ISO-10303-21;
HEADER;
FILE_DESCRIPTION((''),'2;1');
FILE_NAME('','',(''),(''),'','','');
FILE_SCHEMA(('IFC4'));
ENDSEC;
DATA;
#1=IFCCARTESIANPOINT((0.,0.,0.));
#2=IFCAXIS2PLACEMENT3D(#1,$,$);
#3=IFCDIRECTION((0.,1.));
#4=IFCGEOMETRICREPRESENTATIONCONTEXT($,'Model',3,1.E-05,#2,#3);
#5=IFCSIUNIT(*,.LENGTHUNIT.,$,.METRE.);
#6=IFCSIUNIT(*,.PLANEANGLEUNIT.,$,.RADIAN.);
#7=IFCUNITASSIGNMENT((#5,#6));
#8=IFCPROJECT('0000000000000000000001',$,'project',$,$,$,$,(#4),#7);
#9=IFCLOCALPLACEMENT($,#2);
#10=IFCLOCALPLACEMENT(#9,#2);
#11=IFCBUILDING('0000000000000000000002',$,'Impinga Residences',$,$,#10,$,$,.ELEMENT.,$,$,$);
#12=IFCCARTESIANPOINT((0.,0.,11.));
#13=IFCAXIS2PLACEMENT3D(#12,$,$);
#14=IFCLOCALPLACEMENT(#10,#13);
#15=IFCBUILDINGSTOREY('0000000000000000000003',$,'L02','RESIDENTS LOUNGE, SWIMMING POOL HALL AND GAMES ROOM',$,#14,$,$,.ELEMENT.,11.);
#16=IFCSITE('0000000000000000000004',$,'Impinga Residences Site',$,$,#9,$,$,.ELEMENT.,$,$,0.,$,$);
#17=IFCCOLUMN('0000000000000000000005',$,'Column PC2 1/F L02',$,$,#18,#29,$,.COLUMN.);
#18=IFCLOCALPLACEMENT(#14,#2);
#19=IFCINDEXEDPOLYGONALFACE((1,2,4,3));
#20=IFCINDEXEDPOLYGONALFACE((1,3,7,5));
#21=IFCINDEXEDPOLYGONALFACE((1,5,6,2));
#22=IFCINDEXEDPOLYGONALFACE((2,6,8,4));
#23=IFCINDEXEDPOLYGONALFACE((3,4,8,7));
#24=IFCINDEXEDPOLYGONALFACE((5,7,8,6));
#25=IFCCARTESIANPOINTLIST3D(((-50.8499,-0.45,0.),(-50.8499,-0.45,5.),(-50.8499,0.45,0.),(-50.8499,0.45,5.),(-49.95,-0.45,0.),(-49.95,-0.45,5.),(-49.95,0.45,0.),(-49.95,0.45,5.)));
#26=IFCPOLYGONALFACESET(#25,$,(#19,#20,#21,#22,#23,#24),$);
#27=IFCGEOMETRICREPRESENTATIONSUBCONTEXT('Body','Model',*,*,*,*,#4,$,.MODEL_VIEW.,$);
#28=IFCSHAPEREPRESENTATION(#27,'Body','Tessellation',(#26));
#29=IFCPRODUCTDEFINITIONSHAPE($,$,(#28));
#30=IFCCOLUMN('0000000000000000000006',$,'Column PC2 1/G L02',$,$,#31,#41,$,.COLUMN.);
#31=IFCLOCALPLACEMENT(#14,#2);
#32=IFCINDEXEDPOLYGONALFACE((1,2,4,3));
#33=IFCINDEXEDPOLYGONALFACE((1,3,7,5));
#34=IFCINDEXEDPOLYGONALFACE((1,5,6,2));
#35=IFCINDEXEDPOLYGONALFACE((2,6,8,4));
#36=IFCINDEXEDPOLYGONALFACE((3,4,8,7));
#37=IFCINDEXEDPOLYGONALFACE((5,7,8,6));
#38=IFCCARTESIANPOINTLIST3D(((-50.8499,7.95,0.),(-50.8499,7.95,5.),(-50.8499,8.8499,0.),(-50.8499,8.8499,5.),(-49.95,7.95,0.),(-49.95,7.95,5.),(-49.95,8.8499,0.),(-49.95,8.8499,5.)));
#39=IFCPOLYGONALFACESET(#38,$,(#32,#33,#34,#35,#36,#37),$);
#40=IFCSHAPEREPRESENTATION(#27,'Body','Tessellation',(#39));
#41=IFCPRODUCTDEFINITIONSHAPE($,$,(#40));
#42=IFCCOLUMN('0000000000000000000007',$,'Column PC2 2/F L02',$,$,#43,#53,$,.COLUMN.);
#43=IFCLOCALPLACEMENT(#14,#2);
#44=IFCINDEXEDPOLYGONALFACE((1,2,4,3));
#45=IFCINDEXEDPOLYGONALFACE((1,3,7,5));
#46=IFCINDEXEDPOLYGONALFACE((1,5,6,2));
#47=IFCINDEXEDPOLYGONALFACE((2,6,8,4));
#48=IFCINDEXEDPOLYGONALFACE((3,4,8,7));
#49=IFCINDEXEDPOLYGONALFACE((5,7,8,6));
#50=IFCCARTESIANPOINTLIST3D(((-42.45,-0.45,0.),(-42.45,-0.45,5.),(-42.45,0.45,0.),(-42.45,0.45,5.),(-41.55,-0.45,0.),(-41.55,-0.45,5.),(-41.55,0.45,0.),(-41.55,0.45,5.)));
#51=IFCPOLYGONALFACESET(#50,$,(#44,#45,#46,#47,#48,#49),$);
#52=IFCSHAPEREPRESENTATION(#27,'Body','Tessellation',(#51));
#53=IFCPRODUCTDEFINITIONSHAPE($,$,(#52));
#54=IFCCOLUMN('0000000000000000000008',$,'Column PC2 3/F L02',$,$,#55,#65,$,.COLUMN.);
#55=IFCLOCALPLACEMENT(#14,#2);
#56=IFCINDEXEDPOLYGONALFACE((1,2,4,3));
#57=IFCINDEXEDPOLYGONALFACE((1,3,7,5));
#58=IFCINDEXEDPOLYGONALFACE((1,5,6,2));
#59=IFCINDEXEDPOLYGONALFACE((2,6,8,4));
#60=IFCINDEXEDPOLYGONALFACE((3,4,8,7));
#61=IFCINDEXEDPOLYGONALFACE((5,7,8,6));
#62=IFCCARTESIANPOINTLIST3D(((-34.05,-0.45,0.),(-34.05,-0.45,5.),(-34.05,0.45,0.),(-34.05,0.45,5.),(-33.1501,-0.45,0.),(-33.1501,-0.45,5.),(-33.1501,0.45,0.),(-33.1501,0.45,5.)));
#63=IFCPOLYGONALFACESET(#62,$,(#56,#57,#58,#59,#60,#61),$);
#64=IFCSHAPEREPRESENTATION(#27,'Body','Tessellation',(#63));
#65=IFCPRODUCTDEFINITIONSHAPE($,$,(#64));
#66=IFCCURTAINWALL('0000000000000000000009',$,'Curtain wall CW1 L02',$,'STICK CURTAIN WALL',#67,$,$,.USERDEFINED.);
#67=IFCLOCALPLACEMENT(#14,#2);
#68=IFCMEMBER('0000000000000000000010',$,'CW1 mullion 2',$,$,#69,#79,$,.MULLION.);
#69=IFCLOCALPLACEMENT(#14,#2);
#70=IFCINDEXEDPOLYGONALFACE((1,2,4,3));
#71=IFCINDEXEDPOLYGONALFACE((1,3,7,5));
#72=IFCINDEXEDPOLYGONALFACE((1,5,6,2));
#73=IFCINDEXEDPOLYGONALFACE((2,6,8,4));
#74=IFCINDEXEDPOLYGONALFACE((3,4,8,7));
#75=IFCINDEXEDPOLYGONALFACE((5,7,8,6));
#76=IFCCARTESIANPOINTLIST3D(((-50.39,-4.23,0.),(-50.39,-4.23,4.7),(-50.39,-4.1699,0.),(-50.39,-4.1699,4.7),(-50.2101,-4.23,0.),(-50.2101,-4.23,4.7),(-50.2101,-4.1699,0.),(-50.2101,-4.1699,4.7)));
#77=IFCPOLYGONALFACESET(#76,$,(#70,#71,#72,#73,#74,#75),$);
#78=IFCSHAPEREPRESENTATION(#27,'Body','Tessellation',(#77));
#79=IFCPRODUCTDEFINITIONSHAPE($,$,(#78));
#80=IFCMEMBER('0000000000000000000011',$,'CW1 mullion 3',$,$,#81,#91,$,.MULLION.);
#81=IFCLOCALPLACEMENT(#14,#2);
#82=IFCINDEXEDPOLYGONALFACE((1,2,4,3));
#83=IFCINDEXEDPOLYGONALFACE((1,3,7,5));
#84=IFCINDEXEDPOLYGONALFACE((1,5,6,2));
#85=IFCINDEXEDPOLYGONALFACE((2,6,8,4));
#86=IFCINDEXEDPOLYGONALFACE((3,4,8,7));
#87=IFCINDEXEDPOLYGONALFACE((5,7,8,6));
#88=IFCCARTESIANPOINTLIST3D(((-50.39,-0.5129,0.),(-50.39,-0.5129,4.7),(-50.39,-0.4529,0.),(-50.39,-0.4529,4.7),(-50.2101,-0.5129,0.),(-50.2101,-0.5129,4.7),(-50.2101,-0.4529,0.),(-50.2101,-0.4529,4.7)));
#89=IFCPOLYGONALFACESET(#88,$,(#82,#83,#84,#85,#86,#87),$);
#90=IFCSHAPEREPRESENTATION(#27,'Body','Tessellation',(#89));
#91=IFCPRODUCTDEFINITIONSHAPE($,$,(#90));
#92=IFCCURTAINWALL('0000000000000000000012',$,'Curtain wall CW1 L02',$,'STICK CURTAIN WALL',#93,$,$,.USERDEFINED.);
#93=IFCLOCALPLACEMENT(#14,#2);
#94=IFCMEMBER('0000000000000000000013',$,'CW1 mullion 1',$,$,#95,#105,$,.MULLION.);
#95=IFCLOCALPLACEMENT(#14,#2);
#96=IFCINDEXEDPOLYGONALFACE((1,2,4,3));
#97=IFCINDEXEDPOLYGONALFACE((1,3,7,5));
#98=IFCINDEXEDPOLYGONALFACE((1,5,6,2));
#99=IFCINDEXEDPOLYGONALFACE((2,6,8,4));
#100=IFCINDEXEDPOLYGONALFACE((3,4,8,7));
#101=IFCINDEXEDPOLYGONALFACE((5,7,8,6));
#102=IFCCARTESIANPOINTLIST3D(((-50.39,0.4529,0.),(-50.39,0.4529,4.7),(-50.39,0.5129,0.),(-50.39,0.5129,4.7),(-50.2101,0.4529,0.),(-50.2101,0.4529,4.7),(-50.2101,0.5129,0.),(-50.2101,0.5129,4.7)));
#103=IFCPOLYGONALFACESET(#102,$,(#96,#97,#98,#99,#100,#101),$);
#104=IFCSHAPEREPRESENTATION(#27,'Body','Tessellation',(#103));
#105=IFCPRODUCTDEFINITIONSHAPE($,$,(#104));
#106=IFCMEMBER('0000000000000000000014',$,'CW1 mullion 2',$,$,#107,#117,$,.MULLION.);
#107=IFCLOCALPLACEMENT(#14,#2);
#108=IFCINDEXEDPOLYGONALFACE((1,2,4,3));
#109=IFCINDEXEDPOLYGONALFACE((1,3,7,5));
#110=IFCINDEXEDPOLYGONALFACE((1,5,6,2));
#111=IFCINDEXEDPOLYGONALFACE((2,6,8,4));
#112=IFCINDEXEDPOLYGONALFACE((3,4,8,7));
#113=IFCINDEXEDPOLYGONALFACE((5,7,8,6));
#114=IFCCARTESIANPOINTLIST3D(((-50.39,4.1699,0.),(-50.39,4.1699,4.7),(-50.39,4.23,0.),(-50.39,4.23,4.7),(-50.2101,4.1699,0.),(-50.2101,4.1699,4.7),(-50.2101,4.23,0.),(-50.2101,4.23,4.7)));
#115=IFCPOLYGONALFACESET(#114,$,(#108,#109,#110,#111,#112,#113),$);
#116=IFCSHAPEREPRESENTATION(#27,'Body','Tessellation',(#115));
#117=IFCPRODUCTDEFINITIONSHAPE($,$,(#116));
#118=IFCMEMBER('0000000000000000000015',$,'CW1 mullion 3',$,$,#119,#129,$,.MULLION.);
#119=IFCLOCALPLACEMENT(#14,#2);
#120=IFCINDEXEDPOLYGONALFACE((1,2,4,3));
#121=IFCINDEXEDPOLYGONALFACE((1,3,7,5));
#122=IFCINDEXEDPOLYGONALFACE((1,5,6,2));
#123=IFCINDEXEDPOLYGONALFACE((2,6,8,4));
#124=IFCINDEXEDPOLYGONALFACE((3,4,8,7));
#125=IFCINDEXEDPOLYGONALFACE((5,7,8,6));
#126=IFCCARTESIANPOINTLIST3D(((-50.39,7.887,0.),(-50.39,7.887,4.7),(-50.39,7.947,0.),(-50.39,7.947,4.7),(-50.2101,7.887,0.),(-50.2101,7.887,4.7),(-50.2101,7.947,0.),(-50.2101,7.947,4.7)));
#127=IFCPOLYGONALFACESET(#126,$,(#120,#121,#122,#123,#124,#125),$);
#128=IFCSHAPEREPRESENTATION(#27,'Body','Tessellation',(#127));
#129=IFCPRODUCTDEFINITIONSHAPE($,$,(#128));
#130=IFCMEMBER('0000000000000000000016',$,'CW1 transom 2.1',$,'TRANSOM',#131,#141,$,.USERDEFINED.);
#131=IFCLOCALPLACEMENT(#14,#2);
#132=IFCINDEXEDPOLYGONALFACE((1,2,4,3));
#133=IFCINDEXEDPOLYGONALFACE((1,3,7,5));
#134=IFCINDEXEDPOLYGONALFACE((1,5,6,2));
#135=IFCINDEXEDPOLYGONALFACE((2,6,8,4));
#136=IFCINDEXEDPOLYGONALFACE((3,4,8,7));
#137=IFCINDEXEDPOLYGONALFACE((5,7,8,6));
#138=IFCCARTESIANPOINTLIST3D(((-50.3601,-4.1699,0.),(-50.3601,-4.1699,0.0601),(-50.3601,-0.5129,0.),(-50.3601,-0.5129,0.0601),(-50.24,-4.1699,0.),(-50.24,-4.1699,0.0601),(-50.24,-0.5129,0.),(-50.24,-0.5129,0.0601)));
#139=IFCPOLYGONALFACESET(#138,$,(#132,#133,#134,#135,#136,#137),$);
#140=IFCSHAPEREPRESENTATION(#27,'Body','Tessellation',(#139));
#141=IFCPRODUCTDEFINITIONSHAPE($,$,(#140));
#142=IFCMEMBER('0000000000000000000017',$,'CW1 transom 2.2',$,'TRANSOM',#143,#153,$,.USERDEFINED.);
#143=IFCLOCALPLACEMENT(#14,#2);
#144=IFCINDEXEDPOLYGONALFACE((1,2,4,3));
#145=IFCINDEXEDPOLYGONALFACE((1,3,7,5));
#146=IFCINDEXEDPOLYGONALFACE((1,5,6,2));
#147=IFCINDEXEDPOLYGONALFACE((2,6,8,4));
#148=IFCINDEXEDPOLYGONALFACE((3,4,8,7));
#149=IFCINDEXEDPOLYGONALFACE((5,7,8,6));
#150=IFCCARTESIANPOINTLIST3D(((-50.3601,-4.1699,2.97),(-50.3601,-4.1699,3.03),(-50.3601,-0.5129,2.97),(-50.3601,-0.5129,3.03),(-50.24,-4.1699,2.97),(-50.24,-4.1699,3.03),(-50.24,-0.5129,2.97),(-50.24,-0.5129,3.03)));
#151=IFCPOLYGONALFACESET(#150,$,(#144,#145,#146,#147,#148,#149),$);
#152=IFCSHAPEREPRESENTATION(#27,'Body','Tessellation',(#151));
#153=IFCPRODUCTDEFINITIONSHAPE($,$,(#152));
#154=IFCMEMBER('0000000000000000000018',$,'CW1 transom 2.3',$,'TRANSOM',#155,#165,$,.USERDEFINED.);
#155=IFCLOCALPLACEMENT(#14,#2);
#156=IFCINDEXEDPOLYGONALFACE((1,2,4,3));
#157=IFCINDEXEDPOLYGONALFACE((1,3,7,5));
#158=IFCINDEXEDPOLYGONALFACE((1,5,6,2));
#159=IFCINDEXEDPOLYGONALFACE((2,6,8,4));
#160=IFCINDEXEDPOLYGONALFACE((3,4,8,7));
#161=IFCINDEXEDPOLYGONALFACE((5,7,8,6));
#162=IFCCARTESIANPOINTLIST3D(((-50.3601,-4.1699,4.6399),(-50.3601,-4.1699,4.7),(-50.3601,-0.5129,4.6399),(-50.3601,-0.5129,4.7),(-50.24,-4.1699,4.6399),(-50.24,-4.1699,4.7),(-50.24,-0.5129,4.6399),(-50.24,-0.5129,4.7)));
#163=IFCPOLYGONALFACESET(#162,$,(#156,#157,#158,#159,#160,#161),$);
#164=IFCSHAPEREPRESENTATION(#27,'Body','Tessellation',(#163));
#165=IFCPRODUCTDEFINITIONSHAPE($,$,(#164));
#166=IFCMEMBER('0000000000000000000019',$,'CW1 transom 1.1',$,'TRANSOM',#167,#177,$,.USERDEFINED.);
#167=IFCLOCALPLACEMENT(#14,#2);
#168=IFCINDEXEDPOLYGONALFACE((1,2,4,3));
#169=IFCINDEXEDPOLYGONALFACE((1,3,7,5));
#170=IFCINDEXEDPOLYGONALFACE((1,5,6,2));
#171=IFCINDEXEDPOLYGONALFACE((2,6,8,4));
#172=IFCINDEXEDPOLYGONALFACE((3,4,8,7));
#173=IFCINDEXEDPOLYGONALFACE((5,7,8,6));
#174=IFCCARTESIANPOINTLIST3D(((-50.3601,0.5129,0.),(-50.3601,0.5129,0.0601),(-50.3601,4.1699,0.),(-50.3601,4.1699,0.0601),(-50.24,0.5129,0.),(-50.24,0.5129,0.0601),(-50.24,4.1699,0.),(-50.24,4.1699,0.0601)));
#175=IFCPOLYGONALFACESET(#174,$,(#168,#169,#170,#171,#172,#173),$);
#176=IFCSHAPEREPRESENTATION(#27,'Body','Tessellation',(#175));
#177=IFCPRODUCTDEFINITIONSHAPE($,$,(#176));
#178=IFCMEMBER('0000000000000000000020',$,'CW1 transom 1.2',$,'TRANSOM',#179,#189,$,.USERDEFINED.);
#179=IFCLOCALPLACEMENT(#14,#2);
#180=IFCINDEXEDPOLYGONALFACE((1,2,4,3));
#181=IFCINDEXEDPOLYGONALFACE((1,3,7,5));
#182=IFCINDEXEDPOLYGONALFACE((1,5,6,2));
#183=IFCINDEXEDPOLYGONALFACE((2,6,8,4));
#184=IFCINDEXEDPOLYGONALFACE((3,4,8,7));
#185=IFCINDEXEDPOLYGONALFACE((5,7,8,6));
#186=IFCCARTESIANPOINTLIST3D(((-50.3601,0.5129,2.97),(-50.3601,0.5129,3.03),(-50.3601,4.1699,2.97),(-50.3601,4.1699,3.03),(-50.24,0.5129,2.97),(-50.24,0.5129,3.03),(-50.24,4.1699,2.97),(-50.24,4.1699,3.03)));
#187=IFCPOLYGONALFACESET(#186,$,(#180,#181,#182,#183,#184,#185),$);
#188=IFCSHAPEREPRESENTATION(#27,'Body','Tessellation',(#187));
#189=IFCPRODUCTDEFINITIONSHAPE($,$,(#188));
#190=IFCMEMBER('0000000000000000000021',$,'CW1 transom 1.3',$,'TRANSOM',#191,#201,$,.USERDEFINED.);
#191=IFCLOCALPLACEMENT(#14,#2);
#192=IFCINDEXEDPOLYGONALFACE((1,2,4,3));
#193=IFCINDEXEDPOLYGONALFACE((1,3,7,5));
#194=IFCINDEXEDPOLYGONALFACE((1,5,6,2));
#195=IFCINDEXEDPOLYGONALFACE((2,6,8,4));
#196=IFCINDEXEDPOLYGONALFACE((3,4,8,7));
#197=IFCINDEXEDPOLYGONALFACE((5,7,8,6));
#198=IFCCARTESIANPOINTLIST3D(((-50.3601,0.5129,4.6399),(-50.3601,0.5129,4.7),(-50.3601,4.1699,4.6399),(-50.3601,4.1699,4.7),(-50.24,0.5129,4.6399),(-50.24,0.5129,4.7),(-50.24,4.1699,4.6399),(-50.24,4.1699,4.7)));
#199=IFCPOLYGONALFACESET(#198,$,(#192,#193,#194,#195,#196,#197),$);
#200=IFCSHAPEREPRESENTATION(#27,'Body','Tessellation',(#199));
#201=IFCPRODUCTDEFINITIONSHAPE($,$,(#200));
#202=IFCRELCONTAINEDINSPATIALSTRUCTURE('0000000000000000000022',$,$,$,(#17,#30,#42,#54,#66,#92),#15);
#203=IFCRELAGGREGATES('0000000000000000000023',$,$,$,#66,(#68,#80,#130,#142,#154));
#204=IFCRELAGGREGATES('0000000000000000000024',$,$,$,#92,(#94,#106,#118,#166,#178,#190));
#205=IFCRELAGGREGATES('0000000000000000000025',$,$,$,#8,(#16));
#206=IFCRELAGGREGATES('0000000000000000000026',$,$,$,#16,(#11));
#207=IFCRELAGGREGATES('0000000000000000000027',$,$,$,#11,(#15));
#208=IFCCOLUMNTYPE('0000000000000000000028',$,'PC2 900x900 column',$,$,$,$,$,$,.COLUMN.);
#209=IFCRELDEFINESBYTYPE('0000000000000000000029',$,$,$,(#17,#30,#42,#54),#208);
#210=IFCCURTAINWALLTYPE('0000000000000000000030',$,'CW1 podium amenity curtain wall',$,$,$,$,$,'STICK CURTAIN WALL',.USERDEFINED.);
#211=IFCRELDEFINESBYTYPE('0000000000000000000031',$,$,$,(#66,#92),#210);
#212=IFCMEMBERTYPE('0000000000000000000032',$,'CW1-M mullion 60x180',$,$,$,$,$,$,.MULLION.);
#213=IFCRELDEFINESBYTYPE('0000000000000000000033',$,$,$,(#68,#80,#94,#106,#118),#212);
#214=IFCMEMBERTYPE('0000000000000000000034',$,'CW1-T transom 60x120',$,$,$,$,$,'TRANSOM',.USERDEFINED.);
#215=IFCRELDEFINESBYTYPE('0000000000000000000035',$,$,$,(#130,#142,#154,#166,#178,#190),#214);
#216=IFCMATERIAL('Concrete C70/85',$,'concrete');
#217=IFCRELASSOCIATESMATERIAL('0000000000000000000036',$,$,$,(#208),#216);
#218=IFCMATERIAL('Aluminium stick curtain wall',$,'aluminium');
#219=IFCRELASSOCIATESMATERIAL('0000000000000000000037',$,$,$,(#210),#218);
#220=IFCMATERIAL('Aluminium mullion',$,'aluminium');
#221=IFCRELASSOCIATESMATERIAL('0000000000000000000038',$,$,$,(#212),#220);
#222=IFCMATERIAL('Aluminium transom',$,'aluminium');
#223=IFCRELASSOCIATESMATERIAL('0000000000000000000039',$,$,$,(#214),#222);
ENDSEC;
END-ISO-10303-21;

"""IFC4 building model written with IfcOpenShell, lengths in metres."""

from ifc_helpers import new_model, si_unit, direction, frame, origin, origin_2d, place, context, subcontext, project, spatial, rectangle, extrude, material, material_profile, profile_set, type_object, element, aggregate, save


model = new_model("IFC4")

# Units and contexts
model_context = context("Model", 3, precision=1e-05, world=origin(), true_north=direction((0.0, 1.0)))
body_context = subcontext(model_context, "Body", "Model", "MODEL_VIEW")
ifc_project = project(units=[si_unit("LENGTHUNIT", "METRE"), si_unit("PLANEANGLEUNIT", "RADIAN")], contexts=[model_context])

# Site, building, storey
site_placement = place(None, origin())
site = spatial("IfcSite", under=ifc_project, at=site_placement, Name="Impinga Residences Site", CompositionType="ELEMENT", RefElevation=0.0)
building_placement = place(site_placement, origin())
building = spatial("IfcBuilding", under=site, at=building_placement, Name="Impinga Residences", CompositionType="ELEMENT")
storey_placement = place(building_placement, frame((0.0, 0.0, 11.0)))
storey = spatial("IfcBuildingStorey", under=building, at=storey_placement, Name="L02", Description="RESIDENTS LOUNGE, SWIMMING POOL HALL AND GAMES ROOM", CompositionType="ELEMENT", Elevation=11.0)

# Columns
ifc_material_1 = material(Name="Concrete C70/85", Category="concrete")
ifc_material_profile_1 = material_profile(ifc_material_1, rectangle(XDim=0.8999, YDim=0.8999, at=origin_2d()), Name="RC 900x900")
ifc_profile_set_1 = profile_set([ifc_material_profile_1], Name="Concrete C70/85")
column_type = type_object("IfcColumnType", Name="PC2 900x900 column", PredefinedType="COLUMN", material=ifc_profile_set_1)
for number, where, z_axis, x_axis, name in (
    (1, (-50.3999, 0.0, 0.0), (0.0, 0.0, 1.0), (1.0, 0.0, 0.0), "Column PC2 1/F L02"),
    (2, (-50.3999, 8.3999, 0.0), (0.0, 0.0, 1.0), (1.0, 0.0, 0.0), "Column PC2 1/G L02"),
    (3, (-42.0, 0.0, 0.0), (0.0, 0.0, 1.0), (1.0, 0.0, 0.0), "Column PC2 2/F L02"),
    (4, (-33.6001, 0.0, 0.0), (0.0, 0.0, 1.0), (1.0, 0.0, 0.0), "Column PC2 3/F L02"),
):
    element("IfcColumn", number, at=place(storey_placement, frame(where, z_axis=z_axis, x_axis=x_axis)), inside=storey, type_object=column_type, Name=name, PredefinedType="COLUMN", context=body_context, shape_type="SweptSolid", body=[
        extrude(rectangle(XDim=0.8999, YDim=0.8999, at=origin_2d()), origin(), (0.0, 0.0, 1.0), 5.0),
    ])

# Curtain walls, members
ifc_material_2 = material(Name="Aluminium stick curtain wall", Category="aluminium")
curtain_wall_type = type_object("IfcCurtainWallType", Name="CW1 podium amenity curtain wall", ElementType="STICK CURTAIN WALL", PredefinedType="USERDEFINED", material=ifc_material_2)
curtain_wall_1_placement = place(storey_placement, origin())
curtain_wall_1 = element("IfcCurtainWall", 5, at=curtain_wall_1_placement, inside=storey, type_object=curtain_wall_type, Name="Curtain wall CW1 L02", ObjectType="STICK CURTAIN WALL", PredefinedType="USERDEFINED")
ifc_material_3 = material(Name="Aluminium mullion", Category="aluminium")
ifc_material_profile_2 = material_profile(ifc_material_3, rectangle(XDim=0.0601, YDim=0.1799, at=origin_2d()), Name="60x180 mullion")
ifc_profile_set_2 = profile_set([ifc_material_profile_2], Name="Aluminium mullion")
member_type_1 = type_object("IfcMemberType", Name="CW1-M mullion 60x180", PredefinedType="MULLION", material=ifc_profile_set_2)
member_1_placement = place(storey_placement, frame((-50.3, -4.2, 0.0), z_axis=(0.0, 0.0, 1.0), x_axis=(0.0, 1.0, 0.0)))
member_1 = element("IfcMember", 6, at=member_1_placement, type_object=member_type_1, Name="CW1 mullion 2", PredefinedType="MULLION", context=body_context, shape_type="SweptSolid", body=[
    extrude(rectangle(XDim=0.0601, YDim=0.1799, at=origin_2d()), origin(), (0.0, 0.0, 1.0), 4.7),
])
member_2_placement = place(storey_placement, frame((-50.3, -0.4829, 0.0), z_axis=(0.0, 0.0, 1.0), x_axis=(0.0, 1.0, 0.0)))
member_2 = element("IfcMember", 7, at=member_2_placement, type_object=member_type_1, Name="CW1 mullion 3", PredefinedType="MULLION", context=body_context, shape_type="SweptSolid", body=[
    extrude(rectangle(XDim=0.0601, YDim=0.1799, at=origin_2d()), origin(), (0.0, 0.0, 1.0), 4.7),
])
curtain_wall_2_placement = place(storey_placement, origin())
curtain_wall_2 = element("IfcCurtainWall", 8, at=curtain_wall_2_placement, inside=storey, type_object=curtain_wall_type, Name="Curtain wall CW1 L02", ObjectType="STICK CURTAIN WALL", PredefinedType="USERDEFINED")
member_3_placement = place(storey_placement, frame((-50.3, 0.4829, 0.0), z_axis=(0.0, 0.0, 1.0), x_axis=(0.0, 1.0, 0.0)))
member_3 = element("IfcMember", 9, at=member_3_placement, type_object=member_type_1, Name="CW1 mullion 1", PredefinedType="MULLION", context=body_context, shape_type="SweptSolid", body=[
    extrude(rectangle(XDim=0.0601, YDim=0.1799, at=origin_2d()), origin(), (0.0, 0.0, 1.0), 4.7),
])
member_4_placement = place(storey_placement, frame((-50.3, 4.2, 0.0), z_axis=(0.0, 0.0, 1.0), x_axis=(0.0, 1.0, 0.0)))
member_4 = element("IfcMember", 10, at=member_4_placement, type_object=member_type_1, Name="CW1 mullion 2", PredefinedType="MULLION", context=body_context, shape_type="SweptSolid", body=[
    extrude(rectangle(XDim=0.0601, YDim=0.1799, at=origin_2d()), origin(), (0.0, 0.0, 1.0), 4.7),
])
member_5_placement = place(storey_placement, frame((-50.3, 7.917, 0.0), z_axis=(0.0, 0.0, 1.0), x_axis=(0.0, 1.0, 0.0)))
member_5 = element("IfcMember", 11, at=member_5_placement, type_object=member_type_1, Name="CW1 mullion 3", PredefinedType="MULLION", context=body_context, shape_type="SweptSolid", body=[
    extrude(rectangle(XDim=0.0601, YDim=0.1799, at=origin_2d()), origin(), (0.0, 0.0, 1.0), 4.7),
])

# Members
ifc_material_4 = material(Name="Aluminium transom", Category="aluminium")
ifc_material_profile_3 = material_profile(ifc_material_4, rectangle(XDim=0.0601, YDim=0.1201, at=origin_2d()), Name="60x120 transom")
ifc_profile_set_3 = profile_set([ifc_material_profile_3], Name="Aluminium transom")
member_type_2 = type_object("IfcMemberType", Name="CW1-T transom 60x120", ElementType="TRANSOM", PredefinedType="USERDEFINED", material=ifc_profile_set_3)
member_6_placement = place(storey_placement, frame((-50.3, -4.1699, 0.03), z_axis=(0.0, 1.0, 0.0), x_axis=(0.0, 0.0, 1.0)))
member_6 = element("IfcMember", 12, at=member_6_placement, type_object=member_type_2, Name="CW1 transom 2.1", ObjectType="TRANSOM", PredefinedType="USERDEFINED", context=body_context, shape_type="SweptSolid", body=[
    extrude(rectangle(XDim=0.0601, YDim=0.1201, at=origin_2d()), origin(), (0.0, 0.0, 1.0), 3.657),
])
member_7_placement = place(storey_placement, frame((-50.3, -4.1699, 3.0), z_axis=(0.0, 1.0, 0.0), x_axis=(0.0, 0.0, 1.0)))
member_7 = element("IfcMember", 13, at=member_7_placement, type_object=member_type_2, Name="CW1 transom 2.2", ObjectType="TRANSOM", PredefinedType="USERDEFINED", context=body_context, shape_type="SweptSolid", body=[
    extrude(rectangle(XDim=0.0601, YDim=0.1201, at=origin_2d()), origin(), (0.0, 0.0, 1.0), 3.657),
])
member_8_placement = place(storey_placement, frame((-50.3, -4.1699, 4.6699), z_axis=(0.0, 1.0, 0.0), x_axis=(0.0, 0.0, 1.0)))
member_8 = element("IfcMember", 14, at=member_8_placement, type_object=member_type_2, Name="CW1 transom 2.3", ObjectType="TRANSOM", PredefinedType="USERDEFINED", context=body_context, shape_type="SweptSolid", body=[
    extrude(rectangle(XDim=0.0601, YDim=0.1201, at=origin_2d()), origin(), (0.0, 0.0, 1.0), 3.657),
])
member_9_placement = place(storey_placement, frame((-50.3, 0.5129, 0.03), z_axis=(0.0, 1.0, 0.0), x_axis=(0.0, 0.0, 1.0)))
member_9 = element("IfcMember", 15, at=member_9_placement, type_object=member_type_2, Name="CW1 transom 1.1", ObjectType="TRANSOM", PredefinedType="USERDEFINED", context=body_context, shape_type="SweptSolid", body=[
    extrude(rectangle(XDim=0.0601, YDim=0.1201, at=origin_2d()), origin(), (0.0, 0.0, 1.0), 3.657),
])
member_10_placement = place(storey_placement, frame((-50.3, 0.5129, 3.0), z_axis=(0.0, 1.0, 0.0), x_axis=(0.0, 0.0, 1.0)))
member_10 = element("IfcMember", 16, at=member_10_placement, type_object=member_type_2, Name="CW1 transom 1.2", ObjectType="TRANSOM", PredefinedType="USERDEFINED", context=body_context, shape_type="SweptSolid", body=[
    extrude(rectangle(XDim=0.0601, YDim=0.1201, at=origin_2d()), origin(), (0.0, 0.0, 1.0), 3.657),
])
member_11_placement = place(storey_placement, frame((-50.3, 0.5129, 4.6699), z_axis=(0.0, 1.0, 0.0), x_axis=(0.0, 0.0, 1.0)))
member_11 = element("IfcMember", 17, at=member_11_placement, type_object=member_type_2, Name="CW1 transom 1.3", ObjectType="TRANSOM", PredefinedType="USERDEFINED", context=body_context, shape_type="SweptSolid", body=[
    extrude(rectangle(XDim=0.0601, YDim=0.1201, at=origin_2d()), origin(), (0.0, 0.0, 1.0), 3.657),
])

aggregate(curtain_wall_1, [member_1, member_2, member_6, member_7, member_8])
aggregate(curtain_wall_2, [member_3, member_4, member_5, member_9, member_10, member_11])

save(model, "model.ifc")
